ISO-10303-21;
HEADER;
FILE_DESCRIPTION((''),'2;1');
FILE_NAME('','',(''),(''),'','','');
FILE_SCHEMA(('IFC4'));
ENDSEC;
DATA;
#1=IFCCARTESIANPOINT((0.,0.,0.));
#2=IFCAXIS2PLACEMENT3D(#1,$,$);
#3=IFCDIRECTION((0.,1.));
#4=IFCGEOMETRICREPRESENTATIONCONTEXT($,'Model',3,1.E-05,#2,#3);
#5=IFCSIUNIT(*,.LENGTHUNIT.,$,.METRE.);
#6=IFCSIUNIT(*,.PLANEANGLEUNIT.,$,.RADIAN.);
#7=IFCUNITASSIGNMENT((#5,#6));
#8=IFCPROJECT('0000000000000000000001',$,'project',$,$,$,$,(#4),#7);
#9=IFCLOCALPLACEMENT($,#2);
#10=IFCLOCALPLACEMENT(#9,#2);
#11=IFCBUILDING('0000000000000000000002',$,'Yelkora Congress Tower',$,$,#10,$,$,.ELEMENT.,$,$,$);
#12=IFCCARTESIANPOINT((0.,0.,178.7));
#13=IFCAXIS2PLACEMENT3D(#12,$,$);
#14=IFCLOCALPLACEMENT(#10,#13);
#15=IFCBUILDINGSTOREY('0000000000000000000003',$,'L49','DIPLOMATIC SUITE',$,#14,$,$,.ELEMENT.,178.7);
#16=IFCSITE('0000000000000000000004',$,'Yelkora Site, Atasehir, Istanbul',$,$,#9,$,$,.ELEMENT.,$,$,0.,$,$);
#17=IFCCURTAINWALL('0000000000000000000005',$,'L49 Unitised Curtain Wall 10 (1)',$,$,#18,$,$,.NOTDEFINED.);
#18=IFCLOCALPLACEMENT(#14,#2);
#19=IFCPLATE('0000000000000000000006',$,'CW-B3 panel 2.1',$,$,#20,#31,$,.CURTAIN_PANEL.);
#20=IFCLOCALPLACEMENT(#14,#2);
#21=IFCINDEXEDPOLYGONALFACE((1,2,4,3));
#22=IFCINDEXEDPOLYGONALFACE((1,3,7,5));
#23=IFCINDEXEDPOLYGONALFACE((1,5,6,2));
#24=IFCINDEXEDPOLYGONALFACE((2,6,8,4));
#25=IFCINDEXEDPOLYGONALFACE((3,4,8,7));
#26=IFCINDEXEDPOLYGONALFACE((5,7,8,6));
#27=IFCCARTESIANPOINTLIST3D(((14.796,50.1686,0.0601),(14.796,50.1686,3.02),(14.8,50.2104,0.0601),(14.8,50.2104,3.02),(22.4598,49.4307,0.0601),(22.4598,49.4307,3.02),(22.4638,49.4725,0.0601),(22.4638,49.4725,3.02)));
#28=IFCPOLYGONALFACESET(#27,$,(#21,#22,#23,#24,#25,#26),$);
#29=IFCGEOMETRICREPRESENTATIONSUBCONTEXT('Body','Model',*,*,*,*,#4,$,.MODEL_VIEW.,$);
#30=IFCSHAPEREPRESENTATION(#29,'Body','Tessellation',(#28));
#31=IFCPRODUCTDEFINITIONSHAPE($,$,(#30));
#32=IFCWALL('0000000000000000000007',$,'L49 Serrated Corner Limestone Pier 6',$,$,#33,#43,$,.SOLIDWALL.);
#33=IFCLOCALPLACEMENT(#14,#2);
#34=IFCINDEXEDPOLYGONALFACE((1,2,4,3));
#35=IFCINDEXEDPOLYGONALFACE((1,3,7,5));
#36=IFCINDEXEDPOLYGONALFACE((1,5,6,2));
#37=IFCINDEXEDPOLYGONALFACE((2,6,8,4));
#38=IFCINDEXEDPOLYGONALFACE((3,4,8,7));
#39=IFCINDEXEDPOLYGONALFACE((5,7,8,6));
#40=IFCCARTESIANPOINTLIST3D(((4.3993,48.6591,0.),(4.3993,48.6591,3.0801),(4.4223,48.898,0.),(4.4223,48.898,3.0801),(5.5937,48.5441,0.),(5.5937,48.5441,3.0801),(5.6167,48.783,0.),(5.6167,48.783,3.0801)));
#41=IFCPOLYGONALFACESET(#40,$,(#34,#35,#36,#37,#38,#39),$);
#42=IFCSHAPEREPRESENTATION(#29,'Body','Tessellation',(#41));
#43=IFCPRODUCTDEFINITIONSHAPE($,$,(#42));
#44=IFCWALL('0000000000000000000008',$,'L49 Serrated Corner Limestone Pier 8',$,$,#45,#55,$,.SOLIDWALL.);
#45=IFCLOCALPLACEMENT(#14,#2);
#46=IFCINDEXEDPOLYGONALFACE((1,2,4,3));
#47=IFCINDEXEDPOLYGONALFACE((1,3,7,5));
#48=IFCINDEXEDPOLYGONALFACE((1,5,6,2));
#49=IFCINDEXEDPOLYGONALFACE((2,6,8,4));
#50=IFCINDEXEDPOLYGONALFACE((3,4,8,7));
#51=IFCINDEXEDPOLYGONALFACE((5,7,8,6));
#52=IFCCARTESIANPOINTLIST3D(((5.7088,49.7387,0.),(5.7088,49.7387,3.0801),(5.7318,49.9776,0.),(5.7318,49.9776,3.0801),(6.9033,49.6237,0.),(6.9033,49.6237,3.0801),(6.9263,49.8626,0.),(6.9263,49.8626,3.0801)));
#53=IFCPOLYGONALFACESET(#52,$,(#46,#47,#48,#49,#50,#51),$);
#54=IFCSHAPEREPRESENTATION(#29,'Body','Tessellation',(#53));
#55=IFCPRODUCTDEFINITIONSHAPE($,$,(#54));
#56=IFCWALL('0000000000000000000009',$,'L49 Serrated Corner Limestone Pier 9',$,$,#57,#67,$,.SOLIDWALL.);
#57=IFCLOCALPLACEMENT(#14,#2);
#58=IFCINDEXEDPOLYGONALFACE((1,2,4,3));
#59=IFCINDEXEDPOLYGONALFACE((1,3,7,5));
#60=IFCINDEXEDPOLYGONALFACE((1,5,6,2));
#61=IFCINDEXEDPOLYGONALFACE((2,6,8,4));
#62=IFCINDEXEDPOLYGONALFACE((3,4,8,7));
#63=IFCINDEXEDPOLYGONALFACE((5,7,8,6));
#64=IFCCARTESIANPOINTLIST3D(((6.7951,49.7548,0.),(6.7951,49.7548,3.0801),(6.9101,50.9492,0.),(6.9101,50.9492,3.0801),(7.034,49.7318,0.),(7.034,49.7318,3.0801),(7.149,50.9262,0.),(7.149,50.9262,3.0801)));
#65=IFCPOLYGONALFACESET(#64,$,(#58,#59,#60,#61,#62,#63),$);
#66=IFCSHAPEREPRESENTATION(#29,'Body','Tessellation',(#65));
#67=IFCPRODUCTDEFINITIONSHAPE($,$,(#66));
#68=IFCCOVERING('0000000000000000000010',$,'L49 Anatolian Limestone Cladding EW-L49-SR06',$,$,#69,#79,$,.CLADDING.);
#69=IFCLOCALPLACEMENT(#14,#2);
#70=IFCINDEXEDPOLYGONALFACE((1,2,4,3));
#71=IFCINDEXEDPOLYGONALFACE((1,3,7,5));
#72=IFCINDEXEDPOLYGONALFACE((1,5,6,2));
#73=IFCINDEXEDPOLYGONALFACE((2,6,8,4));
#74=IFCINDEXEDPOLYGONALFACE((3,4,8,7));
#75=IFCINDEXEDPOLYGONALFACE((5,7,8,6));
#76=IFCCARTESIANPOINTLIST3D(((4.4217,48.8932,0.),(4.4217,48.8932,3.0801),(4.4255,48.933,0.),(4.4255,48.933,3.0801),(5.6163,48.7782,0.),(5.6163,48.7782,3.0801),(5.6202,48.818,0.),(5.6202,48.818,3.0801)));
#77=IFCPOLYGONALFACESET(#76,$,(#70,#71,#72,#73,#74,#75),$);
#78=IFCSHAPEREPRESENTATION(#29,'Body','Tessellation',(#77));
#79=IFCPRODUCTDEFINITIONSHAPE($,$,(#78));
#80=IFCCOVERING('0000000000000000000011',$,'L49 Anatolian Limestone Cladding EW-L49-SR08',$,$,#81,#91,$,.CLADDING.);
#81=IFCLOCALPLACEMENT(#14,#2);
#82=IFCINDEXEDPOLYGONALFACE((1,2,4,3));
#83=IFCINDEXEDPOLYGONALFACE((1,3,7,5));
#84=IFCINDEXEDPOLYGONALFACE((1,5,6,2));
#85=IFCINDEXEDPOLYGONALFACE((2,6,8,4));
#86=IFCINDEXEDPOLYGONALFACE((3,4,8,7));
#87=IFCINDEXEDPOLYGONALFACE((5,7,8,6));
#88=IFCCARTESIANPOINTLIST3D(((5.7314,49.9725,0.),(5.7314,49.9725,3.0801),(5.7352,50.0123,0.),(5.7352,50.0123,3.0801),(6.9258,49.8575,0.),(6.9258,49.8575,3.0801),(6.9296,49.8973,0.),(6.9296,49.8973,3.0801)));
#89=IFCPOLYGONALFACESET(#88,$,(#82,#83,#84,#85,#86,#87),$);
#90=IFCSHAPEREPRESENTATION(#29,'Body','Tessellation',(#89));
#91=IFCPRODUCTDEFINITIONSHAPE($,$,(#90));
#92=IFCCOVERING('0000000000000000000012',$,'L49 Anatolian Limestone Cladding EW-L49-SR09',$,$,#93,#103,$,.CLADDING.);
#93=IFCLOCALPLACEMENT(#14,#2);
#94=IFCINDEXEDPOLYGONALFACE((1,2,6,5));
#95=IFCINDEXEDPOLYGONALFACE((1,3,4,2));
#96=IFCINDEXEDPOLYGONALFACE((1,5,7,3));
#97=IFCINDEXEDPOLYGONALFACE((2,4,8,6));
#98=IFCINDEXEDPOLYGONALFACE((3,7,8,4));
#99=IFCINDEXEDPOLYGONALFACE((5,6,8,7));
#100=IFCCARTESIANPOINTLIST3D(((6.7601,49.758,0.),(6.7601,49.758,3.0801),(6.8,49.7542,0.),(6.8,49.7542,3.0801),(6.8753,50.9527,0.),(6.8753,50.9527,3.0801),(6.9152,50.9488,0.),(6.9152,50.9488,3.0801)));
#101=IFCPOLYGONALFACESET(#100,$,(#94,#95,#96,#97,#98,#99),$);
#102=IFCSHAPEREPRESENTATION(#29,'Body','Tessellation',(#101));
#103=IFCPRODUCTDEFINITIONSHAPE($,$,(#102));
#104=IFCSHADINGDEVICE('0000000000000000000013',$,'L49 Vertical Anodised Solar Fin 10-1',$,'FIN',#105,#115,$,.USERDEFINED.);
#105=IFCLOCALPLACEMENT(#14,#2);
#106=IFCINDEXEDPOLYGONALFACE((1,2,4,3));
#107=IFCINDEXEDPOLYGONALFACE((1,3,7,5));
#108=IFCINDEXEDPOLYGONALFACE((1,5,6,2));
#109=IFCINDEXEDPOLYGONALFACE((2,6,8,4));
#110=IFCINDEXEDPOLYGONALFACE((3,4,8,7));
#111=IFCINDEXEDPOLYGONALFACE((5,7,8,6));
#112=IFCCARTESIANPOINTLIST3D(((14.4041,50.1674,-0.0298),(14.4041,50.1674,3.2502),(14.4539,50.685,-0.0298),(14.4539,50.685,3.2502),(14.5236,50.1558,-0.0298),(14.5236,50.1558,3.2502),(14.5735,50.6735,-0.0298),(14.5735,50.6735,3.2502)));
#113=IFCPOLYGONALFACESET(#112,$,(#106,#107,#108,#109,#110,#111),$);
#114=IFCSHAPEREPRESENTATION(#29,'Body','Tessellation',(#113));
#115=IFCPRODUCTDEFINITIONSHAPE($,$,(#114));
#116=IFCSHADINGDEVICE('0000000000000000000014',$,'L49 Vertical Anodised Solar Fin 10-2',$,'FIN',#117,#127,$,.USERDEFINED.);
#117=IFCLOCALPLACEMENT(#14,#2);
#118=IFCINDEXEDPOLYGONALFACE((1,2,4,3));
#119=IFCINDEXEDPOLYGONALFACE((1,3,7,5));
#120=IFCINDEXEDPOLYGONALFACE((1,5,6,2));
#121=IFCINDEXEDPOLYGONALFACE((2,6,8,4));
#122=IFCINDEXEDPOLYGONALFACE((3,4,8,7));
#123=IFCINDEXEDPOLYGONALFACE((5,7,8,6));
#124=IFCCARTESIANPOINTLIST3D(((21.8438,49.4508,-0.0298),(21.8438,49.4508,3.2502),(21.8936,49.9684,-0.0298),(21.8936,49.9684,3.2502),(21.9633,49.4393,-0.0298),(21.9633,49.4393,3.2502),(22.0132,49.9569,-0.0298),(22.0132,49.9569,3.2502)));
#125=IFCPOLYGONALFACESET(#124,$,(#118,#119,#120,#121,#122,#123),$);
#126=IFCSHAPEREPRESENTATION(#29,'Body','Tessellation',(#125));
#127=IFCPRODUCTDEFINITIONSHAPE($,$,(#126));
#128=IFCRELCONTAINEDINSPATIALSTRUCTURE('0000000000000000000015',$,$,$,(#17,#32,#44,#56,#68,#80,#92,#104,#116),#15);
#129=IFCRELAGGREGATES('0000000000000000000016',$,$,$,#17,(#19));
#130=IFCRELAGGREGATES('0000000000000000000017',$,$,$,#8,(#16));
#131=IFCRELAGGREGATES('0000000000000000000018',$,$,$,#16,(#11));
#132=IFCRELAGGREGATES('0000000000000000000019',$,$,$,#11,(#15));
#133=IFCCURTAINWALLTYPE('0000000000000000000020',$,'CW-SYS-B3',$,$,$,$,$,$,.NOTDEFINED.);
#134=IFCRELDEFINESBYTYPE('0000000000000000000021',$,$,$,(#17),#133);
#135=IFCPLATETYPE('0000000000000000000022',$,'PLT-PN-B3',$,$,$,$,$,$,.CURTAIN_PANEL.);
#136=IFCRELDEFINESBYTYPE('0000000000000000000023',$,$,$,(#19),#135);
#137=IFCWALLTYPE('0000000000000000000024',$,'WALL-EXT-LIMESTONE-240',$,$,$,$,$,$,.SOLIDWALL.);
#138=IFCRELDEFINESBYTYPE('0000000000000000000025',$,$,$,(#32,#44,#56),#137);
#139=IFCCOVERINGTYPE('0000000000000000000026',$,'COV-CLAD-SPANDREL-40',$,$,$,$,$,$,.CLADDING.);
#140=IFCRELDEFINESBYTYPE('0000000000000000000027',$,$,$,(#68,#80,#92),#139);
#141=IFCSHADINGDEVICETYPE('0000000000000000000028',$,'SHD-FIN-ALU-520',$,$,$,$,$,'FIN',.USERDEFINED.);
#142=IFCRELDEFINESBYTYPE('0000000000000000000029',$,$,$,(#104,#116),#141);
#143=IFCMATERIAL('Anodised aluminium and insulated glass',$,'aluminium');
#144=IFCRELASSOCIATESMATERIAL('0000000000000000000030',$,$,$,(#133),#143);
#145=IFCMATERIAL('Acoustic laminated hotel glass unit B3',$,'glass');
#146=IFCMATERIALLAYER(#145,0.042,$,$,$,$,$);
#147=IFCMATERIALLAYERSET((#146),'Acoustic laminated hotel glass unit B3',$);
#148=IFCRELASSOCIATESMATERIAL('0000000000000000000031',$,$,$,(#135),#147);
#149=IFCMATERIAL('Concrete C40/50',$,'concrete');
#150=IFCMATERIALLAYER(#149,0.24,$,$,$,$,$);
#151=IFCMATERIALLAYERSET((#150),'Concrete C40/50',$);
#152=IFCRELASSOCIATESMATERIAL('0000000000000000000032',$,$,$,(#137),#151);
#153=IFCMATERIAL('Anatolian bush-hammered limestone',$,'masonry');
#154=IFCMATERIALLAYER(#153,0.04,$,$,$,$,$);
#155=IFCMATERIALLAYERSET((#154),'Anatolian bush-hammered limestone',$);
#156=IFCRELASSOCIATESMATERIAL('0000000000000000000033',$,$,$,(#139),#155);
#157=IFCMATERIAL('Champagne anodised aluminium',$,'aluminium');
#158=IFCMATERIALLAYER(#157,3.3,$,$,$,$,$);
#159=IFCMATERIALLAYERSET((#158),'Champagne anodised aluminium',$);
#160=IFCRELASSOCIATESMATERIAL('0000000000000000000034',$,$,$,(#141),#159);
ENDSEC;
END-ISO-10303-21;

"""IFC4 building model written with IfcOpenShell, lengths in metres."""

from ifc_helpers import new_model, si_unit, direction, frame, frame_2d, origin, origin_2d, place, context, subcontext, project, spatial, rectangle, extrude, material, layer, layer_set, type_object, element, aggregate, save


model = new_model("IFC4")

# Units and contexts
model_context = context("Model", 3, precision=1e-05, world=origin(), true_north=direction((0.0, 1.0)))
body_context = subcontext(model_context, "Body", "Model", "MODEL_VIEW")
ifc_project = project(units=[si_unit("LENGTHUNIT", "METRE"), si_unit("PLANEANGLEUNIT", "RADIAN")], contexts=[model_context])

# Site, building, storey
site_placement = place(None, origin())
site = spatial("IfcSite", under=ifc_project, at=site_placement, Name="Yelkora Site, Atasehir, Istanbul", CompositionType="ELEMENT", RefElevation=0.0)
building_placement = place(site_placement, origin())
building = spatial("IfcBuilding", under=site, at=building_placement, Name="Yelkora Congress Tower", CompositionType="ELEMENT")
storey_placement = place(building_placement, frame((0.0, 0.0, 178.7)))
storey = spatial("IfcBuildingStorey", under=building, at=storey_placement, Name="L49", Description="DIPLOMATIC SUITE", CompositionType="ELEMENT", Elevation=178.7)

# Curtain wall, plate
ifc_material_1 = material(Name="Anodised aluminium and insulated glass", Category="aluminium")
curtain_wall_type = type_object("IfcCurtainWallType", Name="CW-SYS-B3", PredefinedType="NOTDEFINED", material=ifc_material_1)
curtain_wall_placement = place(storey_placement, origin())
curtain_wall = element("IfcCurtainWall", 1, at=curtain_wall_placement, inside=storey, type_object=curtain_wall_type, Name="L49 Unitised Curtain Wall 10 (1)", PredefinedType="NOTDEFINED")
ifc_material_2 = material(Name="Acoustic laminated hotel glass unit B3", Category="glass")
ifc_layer_1 = layer(ifc_material_2, 0.042)
ifc_layer_set_1 = layer_set([ifc_layer_1], Name="Acoustic laminated hotel glass unit B3")
plate_type = type_object("IfcPlateType", Name="PLT-PN-B3", PredefinedType="CURTAIN_PANEL", material=ifc_layer_set_1)
plate_1_placement = place(storey_placement, frame((18.6299, 49.8206, 0.0601), z_axis=(0.0, 0.0, 1.0), x_axis=(0.995396, -0.095845, 0.0)))
plate_1 = element("IfcPlate", 2, at=plate_1_placement, type_object=plate_type, Name="CW-B3 panel 2.1", PredefinedType="CURTAIN_PANEL", context=body_context, shape_type="SweptSolid", body=[
    extrude(rectangle(XDim=7.6992, YDim=0.042, at=origin_2d()), origin(), (0.0, 0.0, 1.0), 2.96),
])
aggregate(curtain_wall, [plate_1])

# Walls
ifc_material_3 = material(Name="Concrete C40/50", Category="concrete")
ifc_layer_2 = layer(ifc_material_3, 0.24)
ifc_layer_set_2 = layer_set([ifc_layer_2], Name="Concrete C40/50")
wall_type = type_object("IfcWallType", Name="WALL-EXT-LIMESTONE-240", PredefinedType="SOLIDWALL", material=ifc_layer_set_2)
for number, where, z_axis, x_axis, name in (
    (3, (4.4106, 48.7786, 0.0), (0.0, 0.0, 1.0), (0.995397, -0.095836, 0.0), "L49 Serrated Corner Limestone Pier 6"),
    (4, (5.7202, 49.8582, 0.0), (0.0, 0.0, 1.0), (0.995397, -0.095836, 0.0), "L49 Serrated Corner Limestone Pier 8"),
    (5, (6.9146, 49.7432, 0.0), (0.0, 0.0, 1.0), (0.095836, 0.995397, 0.0), "L49 Serrated Corner Limestone Pier 9"),
):
    element("IfcWall", number, at=place(storey_placement, frame(where, z_axis=z_axis, x_axis=x_axis)), inside=storey, type_object=wall_type, Name=name, PredefinedType="SOLIDWALL", context=body_context, shape_type="SweptSolid", body=[
        extrude(rectangle(XDim=1.2, YDim=0.24, at=frame_2d((0.6001, 0.0))), origin(), (0.0, 0.0, 1.0), 3.0801),
    ])

# Coverings
ifc_material_4 = material(Name="Anatolian bush-hammered limestone", Category="masonry")
ifc_layer_3 = layer(ifc_material_4, 0.04)
ifc_layer_set_3 = layer_set([ifc_layer_3], Name="Anatolian bush-hammered limestone")
covering_type = type_object("IfcCoveringType", Name="COV-CLAD-SPANDREL-40", PredefinedType="CLADDING", material=ifc_layer_set_3)
covering_1_placement = place(storey_placement, frame((4.4236, 48.9131, 0.0), z_axis=(0.0, 0.0, 1.0), x_axis=(0.995399, -0.095817, 0.0)))
element("IfcCovering", 6, at=covering_1_placement, inside=storey, type_object=covering_type, Name="L49 Anatolian Limestone Cladding EW-L49-SR06", PredefinedType="CLADDING", context=body_context, shape_type="SweptSolid", body=[
    extrude(rectangle(XDim=1.2002, YDim=0.04, at=frame_2d((0.6001, 0.0))), origin(), (0.0, 0.0, 1.0), 3.0801),
])
covering_2_placement = place(storey_placement, frame((5.7332, 49.9924, 0.0), z_axis=(0.0, 0.0, 1.0), x_axis=(0.995397, -0.095836, 0.0)))
element("IfcCovering", 7, at=covering_2_placement, inside=storey, type_object=covering_type, Name="L49 Anatolian Limestone Cladding EW-L49-SR08", PredefinedType="CLADDING", context=body_context, shape_type="SweptSolid", body=[
    extrude(rectangle(XDim=1.2, YDim=0.04, at=frame_2d((0.6001, 0.0))), origin(), (0.0, 0.0, 1.0), 3.0801),
])
covering_3_placement = place(storey_placement, frame((6.78, 49.7561, 0.0), z_axis=(0.0, 0.0, 1.0), x_axis=(0.096019, 0.99538, 0.0)))
element("IfcCovering", 8, at=covering_3_placement, inside=storey, type_object=covering_type, Name="L49 Anatolian Limestone Cladding EW-L49-SR09", PredefinedType="CLADDING", context=body_context, shape_type="SweptSolid", body=[
    extrude(rectangle(XDim=1.2002, YDim=0.04, at=frame_2d((0.6001, 0.0))), origin(), (0.0, 0.0, 1.0), 3.0801),
])

# Shading devices
ifc_material_5 = material(Name="Champagne anodised aluminium", Category="aluminium")
ifc_layer_4 = layer(ifc_material_5, 3.3)
ifc_layer_set_4 = layer_set([ifc_layer_4], Name="Champagne anodised aluminium")
shading_device_type = type_object("IfcShadingDeviceType", Name="SHD-FIN-ALU-520", ElementType="FIN", PredefinedType="USERDEFINED", material=ifc_layer_set_4)
for number, where, z_axis, x_axis, name in (
    (9, (14.4888, 50.4204, -0.0298), (0.0, 0.0, 1.0), (0.995396, -0.095846, 0.0), "L49 Vertical Anodised Solar Fin 10-1"),
    (10, (21.9285, 49.7039, -0.0298), (0.0, 0.0, 1.0), (0.995396, -0.095846, 0.0), "L49 Vertical Anodised Solar Fin 10-2"),
):
    element("IfcShadingDevice", number, at=place(storey_placement, frame(where, z_axis=z_axis, x_axis=x_axis)), inside=storey, type_object=shading_device_type, Name=name, ObjectType="FIN", PredefinedType="USERDEFINED", context=body_context, shape_type="SweptSolid", body=[
        extrude(rectangle(XDim=0.1201, YDim=0.52, at=origin_2d()), origin(), (0.0, 0.0, 1.0), 3.28),
    ])

save(model, "model.ifc")
